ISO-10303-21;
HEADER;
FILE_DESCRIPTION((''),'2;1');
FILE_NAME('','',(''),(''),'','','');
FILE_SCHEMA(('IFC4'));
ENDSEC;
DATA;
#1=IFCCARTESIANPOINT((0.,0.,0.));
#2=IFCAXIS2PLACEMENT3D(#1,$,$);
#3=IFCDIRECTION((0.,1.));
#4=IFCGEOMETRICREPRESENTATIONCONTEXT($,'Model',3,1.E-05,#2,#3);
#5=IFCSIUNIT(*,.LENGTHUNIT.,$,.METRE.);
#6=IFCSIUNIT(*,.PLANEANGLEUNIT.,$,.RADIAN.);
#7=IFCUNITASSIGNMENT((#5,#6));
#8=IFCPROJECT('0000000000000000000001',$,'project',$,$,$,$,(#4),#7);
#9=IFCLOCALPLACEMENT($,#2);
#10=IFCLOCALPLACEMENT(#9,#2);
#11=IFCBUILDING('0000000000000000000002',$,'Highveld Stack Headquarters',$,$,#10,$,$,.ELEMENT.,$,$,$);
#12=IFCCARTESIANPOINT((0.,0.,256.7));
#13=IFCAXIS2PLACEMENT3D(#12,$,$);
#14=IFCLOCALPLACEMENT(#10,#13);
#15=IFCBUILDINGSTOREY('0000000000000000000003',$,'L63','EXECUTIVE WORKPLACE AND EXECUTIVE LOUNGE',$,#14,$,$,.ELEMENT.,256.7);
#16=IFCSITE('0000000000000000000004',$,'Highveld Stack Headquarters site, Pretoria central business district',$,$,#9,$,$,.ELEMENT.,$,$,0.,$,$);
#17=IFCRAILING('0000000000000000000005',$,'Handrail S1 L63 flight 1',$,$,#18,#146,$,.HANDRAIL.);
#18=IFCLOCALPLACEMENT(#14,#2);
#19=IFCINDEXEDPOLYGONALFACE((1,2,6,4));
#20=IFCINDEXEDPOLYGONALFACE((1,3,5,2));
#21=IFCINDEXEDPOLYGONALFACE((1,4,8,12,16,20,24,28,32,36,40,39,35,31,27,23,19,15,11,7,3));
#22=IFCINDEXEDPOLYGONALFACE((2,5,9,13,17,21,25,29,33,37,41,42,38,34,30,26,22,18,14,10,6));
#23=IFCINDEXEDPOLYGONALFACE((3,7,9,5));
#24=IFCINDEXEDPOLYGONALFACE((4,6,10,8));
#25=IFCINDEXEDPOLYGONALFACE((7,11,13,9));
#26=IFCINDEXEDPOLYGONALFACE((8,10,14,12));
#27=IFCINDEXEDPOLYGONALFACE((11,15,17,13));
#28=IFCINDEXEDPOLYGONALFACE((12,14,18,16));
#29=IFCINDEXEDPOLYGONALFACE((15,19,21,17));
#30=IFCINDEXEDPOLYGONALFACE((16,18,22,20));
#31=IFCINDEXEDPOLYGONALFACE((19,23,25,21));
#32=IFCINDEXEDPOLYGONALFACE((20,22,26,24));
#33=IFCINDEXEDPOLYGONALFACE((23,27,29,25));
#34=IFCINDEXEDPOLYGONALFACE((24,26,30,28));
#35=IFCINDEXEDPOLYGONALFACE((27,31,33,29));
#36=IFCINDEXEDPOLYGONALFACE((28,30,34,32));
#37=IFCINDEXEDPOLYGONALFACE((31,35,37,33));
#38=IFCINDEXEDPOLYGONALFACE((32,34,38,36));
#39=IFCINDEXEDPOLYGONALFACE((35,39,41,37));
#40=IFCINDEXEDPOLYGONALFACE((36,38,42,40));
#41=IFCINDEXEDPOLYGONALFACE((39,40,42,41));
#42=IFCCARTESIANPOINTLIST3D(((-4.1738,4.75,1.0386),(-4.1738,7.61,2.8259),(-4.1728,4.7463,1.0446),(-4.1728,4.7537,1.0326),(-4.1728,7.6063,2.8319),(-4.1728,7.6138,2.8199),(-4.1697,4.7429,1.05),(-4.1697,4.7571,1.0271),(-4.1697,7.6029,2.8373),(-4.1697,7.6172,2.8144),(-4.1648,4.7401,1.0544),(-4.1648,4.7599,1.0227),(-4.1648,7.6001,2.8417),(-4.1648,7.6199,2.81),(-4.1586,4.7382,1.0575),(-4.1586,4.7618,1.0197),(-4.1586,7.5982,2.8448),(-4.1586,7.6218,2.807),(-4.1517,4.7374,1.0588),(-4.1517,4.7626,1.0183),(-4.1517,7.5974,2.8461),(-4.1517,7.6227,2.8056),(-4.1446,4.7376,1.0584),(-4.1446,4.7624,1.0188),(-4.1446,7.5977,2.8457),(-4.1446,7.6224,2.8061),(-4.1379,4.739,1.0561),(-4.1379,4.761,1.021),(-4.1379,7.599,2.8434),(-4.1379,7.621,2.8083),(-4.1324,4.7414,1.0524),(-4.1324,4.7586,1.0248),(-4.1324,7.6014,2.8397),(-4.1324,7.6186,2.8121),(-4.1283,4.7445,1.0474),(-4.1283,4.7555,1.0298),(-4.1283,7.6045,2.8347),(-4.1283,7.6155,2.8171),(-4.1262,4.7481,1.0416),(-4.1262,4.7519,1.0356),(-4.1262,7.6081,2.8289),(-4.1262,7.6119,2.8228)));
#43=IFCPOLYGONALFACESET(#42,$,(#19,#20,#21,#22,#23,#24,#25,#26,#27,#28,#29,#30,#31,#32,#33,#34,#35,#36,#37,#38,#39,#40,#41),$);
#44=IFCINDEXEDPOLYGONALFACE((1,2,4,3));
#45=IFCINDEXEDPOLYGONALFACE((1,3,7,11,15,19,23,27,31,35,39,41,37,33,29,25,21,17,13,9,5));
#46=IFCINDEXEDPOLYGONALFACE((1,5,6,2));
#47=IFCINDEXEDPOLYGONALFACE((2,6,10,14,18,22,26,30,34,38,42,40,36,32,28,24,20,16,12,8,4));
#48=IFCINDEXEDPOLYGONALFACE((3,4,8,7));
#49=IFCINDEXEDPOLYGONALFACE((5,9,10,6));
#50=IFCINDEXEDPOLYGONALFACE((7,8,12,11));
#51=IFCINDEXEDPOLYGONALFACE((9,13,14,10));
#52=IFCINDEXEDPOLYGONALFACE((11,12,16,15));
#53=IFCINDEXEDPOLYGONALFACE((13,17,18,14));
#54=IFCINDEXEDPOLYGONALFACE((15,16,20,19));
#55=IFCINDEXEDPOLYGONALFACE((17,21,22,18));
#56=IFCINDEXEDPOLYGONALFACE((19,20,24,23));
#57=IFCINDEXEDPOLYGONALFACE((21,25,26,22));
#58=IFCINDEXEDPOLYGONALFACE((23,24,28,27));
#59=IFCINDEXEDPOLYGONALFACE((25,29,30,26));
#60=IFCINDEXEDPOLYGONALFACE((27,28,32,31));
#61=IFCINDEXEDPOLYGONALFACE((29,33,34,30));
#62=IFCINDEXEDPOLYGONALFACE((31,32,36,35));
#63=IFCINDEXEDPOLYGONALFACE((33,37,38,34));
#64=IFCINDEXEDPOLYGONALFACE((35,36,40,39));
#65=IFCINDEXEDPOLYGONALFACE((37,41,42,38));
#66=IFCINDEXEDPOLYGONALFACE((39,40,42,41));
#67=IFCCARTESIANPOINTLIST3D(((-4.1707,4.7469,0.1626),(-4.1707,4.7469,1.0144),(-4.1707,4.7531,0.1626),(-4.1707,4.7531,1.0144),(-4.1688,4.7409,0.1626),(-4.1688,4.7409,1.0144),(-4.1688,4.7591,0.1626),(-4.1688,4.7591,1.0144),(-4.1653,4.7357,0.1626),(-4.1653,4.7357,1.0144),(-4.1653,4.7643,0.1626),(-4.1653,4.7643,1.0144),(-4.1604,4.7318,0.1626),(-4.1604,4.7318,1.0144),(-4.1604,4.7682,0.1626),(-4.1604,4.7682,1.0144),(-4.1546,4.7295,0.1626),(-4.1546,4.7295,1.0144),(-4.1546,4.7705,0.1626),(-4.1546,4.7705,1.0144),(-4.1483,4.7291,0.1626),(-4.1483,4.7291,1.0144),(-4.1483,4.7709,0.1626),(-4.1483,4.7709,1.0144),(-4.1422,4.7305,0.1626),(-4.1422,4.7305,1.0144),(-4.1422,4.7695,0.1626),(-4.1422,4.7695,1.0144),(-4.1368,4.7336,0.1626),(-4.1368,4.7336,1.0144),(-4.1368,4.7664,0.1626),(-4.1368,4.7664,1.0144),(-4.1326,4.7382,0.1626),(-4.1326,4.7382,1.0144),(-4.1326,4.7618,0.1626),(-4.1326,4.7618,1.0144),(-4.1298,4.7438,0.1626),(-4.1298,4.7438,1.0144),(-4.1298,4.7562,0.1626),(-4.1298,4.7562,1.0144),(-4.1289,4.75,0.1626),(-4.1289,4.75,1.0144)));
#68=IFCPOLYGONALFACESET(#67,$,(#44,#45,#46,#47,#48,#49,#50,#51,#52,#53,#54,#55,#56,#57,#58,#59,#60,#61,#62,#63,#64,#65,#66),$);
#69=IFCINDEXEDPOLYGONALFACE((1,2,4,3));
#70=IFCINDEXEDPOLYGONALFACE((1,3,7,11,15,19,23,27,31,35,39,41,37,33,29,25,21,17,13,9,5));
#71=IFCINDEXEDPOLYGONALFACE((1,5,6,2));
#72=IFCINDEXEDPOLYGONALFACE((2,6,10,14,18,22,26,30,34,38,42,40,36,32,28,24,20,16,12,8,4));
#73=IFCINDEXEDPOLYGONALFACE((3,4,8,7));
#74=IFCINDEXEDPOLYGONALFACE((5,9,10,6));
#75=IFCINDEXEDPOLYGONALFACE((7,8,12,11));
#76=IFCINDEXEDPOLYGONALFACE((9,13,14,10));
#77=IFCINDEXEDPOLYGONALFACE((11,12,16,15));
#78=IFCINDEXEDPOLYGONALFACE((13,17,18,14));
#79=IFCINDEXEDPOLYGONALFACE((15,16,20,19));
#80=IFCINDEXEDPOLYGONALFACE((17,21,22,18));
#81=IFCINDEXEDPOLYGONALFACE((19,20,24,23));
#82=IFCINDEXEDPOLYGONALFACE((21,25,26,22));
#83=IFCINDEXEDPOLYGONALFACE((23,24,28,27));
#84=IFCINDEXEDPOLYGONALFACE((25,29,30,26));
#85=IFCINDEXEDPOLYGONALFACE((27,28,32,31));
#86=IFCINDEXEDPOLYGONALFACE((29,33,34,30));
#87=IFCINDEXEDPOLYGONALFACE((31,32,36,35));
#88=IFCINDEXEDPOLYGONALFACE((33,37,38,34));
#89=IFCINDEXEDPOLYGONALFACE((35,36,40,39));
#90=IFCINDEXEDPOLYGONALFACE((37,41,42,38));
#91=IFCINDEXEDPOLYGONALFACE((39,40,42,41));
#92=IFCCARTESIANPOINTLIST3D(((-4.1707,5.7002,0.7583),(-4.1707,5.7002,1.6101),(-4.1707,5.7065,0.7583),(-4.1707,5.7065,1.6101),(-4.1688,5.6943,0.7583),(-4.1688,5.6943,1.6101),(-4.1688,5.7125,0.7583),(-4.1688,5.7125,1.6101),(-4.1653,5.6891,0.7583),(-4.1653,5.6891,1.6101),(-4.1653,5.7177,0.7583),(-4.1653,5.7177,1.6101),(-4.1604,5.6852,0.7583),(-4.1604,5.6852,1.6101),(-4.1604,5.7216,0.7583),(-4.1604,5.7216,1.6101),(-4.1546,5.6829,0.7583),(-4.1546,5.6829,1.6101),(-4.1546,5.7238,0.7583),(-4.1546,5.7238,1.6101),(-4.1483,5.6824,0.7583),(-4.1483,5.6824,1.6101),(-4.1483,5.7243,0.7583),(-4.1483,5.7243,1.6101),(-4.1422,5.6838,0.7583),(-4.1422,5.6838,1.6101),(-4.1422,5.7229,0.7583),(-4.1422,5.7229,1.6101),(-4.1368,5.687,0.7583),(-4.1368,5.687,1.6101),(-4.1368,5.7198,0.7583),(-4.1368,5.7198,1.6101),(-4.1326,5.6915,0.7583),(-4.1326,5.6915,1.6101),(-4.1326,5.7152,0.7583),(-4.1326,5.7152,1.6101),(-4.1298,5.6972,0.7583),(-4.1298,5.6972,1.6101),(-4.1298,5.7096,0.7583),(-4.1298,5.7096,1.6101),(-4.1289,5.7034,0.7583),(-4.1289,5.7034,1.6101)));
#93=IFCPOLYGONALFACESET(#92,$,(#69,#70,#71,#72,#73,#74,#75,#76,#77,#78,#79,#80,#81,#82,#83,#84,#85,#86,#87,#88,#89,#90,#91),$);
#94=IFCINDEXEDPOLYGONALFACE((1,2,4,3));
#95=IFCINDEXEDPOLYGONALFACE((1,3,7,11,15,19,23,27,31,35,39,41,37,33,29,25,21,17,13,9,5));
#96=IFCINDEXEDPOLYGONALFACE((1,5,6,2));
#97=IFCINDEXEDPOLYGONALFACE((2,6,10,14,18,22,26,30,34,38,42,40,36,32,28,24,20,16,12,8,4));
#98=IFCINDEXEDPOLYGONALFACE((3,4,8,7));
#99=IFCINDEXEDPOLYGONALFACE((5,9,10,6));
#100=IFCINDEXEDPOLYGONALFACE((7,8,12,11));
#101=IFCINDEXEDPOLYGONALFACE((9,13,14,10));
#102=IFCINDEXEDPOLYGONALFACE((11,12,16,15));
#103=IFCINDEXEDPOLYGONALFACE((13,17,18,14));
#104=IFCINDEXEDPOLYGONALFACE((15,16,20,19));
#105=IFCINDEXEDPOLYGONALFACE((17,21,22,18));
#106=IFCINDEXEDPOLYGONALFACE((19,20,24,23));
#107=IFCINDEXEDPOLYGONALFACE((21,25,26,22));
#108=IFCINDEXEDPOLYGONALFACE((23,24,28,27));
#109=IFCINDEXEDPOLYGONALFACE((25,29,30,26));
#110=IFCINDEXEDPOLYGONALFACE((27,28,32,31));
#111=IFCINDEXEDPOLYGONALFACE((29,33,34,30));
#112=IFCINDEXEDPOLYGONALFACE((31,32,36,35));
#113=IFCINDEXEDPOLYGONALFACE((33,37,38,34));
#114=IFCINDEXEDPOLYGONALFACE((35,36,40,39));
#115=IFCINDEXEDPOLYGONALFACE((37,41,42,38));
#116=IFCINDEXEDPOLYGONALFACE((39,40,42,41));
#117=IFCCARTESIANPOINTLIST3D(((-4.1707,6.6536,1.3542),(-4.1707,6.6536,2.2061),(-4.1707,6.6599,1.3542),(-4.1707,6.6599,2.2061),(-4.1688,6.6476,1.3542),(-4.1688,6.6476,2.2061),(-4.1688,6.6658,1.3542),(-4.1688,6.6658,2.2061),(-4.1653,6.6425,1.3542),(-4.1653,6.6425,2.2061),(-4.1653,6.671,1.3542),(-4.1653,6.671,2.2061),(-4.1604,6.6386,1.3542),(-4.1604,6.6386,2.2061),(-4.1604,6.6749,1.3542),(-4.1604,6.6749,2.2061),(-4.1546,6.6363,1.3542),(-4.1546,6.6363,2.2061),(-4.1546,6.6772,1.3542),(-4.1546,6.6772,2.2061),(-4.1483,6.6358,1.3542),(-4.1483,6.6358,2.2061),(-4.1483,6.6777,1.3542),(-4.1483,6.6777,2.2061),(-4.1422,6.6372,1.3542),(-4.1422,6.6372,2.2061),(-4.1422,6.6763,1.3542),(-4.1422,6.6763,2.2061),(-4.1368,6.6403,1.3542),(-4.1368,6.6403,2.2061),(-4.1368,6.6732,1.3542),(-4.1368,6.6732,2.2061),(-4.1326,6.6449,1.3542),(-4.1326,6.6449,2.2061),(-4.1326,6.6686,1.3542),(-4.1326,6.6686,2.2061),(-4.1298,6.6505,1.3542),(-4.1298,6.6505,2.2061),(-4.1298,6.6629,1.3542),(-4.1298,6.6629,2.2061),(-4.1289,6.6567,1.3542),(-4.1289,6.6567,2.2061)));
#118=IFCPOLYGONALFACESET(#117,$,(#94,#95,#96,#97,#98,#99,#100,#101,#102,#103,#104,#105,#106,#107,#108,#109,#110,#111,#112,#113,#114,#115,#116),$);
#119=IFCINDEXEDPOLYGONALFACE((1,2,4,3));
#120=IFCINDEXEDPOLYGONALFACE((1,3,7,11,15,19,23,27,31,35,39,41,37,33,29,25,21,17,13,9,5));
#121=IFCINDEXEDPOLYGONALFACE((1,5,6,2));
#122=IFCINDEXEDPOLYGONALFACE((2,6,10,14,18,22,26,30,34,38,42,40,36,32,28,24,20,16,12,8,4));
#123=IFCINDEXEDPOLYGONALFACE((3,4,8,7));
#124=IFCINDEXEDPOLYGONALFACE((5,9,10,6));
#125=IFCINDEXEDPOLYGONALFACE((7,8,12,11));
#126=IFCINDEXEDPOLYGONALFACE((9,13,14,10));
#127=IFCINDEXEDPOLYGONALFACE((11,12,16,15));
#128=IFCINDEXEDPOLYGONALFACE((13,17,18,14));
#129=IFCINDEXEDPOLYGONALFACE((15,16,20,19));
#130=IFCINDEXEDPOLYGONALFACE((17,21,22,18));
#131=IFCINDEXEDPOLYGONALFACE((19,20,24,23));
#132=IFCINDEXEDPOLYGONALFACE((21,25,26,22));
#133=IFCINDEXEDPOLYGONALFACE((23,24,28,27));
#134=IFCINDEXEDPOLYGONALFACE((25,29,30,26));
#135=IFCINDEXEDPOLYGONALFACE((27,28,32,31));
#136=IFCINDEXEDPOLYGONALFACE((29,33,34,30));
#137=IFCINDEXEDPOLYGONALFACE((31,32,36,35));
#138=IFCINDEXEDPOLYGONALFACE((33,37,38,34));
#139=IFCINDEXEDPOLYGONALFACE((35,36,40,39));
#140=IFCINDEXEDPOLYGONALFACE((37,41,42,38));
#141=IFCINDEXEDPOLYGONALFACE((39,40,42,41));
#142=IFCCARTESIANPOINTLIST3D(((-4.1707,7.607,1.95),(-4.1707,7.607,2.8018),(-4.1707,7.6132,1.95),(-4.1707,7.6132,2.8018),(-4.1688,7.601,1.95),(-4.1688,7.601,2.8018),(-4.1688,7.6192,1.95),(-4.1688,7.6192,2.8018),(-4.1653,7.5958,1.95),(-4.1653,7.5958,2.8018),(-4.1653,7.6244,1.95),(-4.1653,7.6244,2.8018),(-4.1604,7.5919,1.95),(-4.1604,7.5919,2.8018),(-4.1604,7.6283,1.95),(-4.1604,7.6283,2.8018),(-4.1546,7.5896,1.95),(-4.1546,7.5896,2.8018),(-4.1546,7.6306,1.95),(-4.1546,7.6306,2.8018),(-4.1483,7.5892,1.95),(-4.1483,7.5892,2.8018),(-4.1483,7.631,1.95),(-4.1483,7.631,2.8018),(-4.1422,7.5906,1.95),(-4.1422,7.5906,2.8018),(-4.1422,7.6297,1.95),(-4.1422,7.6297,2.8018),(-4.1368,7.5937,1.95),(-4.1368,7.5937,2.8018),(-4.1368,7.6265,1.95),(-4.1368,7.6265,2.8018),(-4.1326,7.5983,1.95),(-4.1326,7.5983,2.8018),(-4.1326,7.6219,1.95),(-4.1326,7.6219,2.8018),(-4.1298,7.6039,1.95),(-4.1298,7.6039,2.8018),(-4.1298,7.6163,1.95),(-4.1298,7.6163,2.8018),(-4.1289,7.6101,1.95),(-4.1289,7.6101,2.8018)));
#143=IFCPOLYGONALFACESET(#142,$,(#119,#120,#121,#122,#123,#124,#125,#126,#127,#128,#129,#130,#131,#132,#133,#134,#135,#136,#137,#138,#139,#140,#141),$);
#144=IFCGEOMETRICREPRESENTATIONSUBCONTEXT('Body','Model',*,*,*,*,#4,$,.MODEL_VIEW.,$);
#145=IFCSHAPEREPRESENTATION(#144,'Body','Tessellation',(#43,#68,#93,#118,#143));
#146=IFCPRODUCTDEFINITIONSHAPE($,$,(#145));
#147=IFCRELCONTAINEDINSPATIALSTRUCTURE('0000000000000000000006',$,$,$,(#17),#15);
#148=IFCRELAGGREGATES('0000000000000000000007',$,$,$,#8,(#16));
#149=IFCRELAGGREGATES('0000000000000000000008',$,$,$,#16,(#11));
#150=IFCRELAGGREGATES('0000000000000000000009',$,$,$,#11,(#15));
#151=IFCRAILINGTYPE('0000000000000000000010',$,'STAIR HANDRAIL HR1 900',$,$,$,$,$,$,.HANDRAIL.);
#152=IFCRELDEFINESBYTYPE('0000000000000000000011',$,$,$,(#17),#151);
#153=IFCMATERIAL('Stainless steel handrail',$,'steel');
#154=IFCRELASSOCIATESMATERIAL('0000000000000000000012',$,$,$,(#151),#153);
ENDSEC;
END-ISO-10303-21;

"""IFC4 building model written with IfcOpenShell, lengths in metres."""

from ifc_helpers import new_model, si_unit, direction, frame, origin, origin_2d, place, context, subcontext, project, spatial, circle, extrude, material, type_object, element, save


model = new_model("IFC4")

# Units and contexts
model_context = context("Model", 3, precision=1e-05, world=origin(), true_north=direction((0.0, 1.0)))
body_context = subcontext(model_context, "Body", "Model", "MODEL_VIEW")
ifc_project = project(units=[si_unit("LENGTHUNIT", "METRE"), si_unit("PLANEANGLEUNIT", "RADIAN")], contexts=[model_context])

# Site, building, storey
site_placement = place(None, origin())
site = spatial("IfcSite", under=ifc_project, at=site_placement, Name="Highveld Stack Headquarters site, Pretoria central business district", CompositionType="ELEMENT", RefElevation=0.0)
building_placement = place(site_placement, origin())
building = spatial("IfcBuilding", under=site, at=building_placement, Name="Highveld Stack Headquarters", CompositionType="ELEMENT")
storey_placement = place(building_placement, frame((0.0, 0.0, 256.7)))
storey = spatial("IfcBuildingStorey", under=building, at=storey_placement, Name="L63", Description="EXECUTIVE WORKPLACE AND EXECUTIVE LOUNGE", CompositionType="ELEMENT", Elevation=256.7)

# Railing
ifc_material_1 = material(Name="Stainless steel handrail", Category="steel")
railing_type = type_object("IfcRailingType", Name="STAIR HANDRAIL HR1 900", PredefinedType="HANDRAIL", material=ifc_material_1)
for number, where, name in (
    (1, (-4.1499, 4.75, 0.1626), "Handrail S1 L63 flight 1"),
):
    element("IfcRailing", number, at=place(storey_placement, frame(where)), inside=storey, type_object=railing_type, Name=name, PredefinedType="HANDRAIL", context=body_context, shape_type="SweptSolid", body=[
        extrude(circle(Radius=0.0239, at=origin_2d()), frame((0.0, 0.0, 0.876), z_axis=(0.0, 0.848027, 0.529953), x_axis=(-1.0, 0.0, 0.0)), (0.0, 0.0, 1.0), 3.3726),
        extrude(circle(Radius=0.021, at=origin_2d()), origin(), (0.0, 0.0, 1.0), 0.8518),
        extrude(circle(Radius=0.021, at=origin_2d()), frame((0.0, 0.9534, 0.5957)), (0.0, 0.0, 1.0), 0.8518),
        extrude(circle(Radius=0.021, at=origin_2d()), frame((0.0, 1.9067, 1.1917)), (0.0, 0.0, 1.0), 0.8518),
        extrude(circle(Radius=0.021, at=origin_2d()), frame((0.0, 2.8601, 1.7874)), (0.0, 0.0, 1.0), 0.8518),
    ])

save(model, "model.ifc")
